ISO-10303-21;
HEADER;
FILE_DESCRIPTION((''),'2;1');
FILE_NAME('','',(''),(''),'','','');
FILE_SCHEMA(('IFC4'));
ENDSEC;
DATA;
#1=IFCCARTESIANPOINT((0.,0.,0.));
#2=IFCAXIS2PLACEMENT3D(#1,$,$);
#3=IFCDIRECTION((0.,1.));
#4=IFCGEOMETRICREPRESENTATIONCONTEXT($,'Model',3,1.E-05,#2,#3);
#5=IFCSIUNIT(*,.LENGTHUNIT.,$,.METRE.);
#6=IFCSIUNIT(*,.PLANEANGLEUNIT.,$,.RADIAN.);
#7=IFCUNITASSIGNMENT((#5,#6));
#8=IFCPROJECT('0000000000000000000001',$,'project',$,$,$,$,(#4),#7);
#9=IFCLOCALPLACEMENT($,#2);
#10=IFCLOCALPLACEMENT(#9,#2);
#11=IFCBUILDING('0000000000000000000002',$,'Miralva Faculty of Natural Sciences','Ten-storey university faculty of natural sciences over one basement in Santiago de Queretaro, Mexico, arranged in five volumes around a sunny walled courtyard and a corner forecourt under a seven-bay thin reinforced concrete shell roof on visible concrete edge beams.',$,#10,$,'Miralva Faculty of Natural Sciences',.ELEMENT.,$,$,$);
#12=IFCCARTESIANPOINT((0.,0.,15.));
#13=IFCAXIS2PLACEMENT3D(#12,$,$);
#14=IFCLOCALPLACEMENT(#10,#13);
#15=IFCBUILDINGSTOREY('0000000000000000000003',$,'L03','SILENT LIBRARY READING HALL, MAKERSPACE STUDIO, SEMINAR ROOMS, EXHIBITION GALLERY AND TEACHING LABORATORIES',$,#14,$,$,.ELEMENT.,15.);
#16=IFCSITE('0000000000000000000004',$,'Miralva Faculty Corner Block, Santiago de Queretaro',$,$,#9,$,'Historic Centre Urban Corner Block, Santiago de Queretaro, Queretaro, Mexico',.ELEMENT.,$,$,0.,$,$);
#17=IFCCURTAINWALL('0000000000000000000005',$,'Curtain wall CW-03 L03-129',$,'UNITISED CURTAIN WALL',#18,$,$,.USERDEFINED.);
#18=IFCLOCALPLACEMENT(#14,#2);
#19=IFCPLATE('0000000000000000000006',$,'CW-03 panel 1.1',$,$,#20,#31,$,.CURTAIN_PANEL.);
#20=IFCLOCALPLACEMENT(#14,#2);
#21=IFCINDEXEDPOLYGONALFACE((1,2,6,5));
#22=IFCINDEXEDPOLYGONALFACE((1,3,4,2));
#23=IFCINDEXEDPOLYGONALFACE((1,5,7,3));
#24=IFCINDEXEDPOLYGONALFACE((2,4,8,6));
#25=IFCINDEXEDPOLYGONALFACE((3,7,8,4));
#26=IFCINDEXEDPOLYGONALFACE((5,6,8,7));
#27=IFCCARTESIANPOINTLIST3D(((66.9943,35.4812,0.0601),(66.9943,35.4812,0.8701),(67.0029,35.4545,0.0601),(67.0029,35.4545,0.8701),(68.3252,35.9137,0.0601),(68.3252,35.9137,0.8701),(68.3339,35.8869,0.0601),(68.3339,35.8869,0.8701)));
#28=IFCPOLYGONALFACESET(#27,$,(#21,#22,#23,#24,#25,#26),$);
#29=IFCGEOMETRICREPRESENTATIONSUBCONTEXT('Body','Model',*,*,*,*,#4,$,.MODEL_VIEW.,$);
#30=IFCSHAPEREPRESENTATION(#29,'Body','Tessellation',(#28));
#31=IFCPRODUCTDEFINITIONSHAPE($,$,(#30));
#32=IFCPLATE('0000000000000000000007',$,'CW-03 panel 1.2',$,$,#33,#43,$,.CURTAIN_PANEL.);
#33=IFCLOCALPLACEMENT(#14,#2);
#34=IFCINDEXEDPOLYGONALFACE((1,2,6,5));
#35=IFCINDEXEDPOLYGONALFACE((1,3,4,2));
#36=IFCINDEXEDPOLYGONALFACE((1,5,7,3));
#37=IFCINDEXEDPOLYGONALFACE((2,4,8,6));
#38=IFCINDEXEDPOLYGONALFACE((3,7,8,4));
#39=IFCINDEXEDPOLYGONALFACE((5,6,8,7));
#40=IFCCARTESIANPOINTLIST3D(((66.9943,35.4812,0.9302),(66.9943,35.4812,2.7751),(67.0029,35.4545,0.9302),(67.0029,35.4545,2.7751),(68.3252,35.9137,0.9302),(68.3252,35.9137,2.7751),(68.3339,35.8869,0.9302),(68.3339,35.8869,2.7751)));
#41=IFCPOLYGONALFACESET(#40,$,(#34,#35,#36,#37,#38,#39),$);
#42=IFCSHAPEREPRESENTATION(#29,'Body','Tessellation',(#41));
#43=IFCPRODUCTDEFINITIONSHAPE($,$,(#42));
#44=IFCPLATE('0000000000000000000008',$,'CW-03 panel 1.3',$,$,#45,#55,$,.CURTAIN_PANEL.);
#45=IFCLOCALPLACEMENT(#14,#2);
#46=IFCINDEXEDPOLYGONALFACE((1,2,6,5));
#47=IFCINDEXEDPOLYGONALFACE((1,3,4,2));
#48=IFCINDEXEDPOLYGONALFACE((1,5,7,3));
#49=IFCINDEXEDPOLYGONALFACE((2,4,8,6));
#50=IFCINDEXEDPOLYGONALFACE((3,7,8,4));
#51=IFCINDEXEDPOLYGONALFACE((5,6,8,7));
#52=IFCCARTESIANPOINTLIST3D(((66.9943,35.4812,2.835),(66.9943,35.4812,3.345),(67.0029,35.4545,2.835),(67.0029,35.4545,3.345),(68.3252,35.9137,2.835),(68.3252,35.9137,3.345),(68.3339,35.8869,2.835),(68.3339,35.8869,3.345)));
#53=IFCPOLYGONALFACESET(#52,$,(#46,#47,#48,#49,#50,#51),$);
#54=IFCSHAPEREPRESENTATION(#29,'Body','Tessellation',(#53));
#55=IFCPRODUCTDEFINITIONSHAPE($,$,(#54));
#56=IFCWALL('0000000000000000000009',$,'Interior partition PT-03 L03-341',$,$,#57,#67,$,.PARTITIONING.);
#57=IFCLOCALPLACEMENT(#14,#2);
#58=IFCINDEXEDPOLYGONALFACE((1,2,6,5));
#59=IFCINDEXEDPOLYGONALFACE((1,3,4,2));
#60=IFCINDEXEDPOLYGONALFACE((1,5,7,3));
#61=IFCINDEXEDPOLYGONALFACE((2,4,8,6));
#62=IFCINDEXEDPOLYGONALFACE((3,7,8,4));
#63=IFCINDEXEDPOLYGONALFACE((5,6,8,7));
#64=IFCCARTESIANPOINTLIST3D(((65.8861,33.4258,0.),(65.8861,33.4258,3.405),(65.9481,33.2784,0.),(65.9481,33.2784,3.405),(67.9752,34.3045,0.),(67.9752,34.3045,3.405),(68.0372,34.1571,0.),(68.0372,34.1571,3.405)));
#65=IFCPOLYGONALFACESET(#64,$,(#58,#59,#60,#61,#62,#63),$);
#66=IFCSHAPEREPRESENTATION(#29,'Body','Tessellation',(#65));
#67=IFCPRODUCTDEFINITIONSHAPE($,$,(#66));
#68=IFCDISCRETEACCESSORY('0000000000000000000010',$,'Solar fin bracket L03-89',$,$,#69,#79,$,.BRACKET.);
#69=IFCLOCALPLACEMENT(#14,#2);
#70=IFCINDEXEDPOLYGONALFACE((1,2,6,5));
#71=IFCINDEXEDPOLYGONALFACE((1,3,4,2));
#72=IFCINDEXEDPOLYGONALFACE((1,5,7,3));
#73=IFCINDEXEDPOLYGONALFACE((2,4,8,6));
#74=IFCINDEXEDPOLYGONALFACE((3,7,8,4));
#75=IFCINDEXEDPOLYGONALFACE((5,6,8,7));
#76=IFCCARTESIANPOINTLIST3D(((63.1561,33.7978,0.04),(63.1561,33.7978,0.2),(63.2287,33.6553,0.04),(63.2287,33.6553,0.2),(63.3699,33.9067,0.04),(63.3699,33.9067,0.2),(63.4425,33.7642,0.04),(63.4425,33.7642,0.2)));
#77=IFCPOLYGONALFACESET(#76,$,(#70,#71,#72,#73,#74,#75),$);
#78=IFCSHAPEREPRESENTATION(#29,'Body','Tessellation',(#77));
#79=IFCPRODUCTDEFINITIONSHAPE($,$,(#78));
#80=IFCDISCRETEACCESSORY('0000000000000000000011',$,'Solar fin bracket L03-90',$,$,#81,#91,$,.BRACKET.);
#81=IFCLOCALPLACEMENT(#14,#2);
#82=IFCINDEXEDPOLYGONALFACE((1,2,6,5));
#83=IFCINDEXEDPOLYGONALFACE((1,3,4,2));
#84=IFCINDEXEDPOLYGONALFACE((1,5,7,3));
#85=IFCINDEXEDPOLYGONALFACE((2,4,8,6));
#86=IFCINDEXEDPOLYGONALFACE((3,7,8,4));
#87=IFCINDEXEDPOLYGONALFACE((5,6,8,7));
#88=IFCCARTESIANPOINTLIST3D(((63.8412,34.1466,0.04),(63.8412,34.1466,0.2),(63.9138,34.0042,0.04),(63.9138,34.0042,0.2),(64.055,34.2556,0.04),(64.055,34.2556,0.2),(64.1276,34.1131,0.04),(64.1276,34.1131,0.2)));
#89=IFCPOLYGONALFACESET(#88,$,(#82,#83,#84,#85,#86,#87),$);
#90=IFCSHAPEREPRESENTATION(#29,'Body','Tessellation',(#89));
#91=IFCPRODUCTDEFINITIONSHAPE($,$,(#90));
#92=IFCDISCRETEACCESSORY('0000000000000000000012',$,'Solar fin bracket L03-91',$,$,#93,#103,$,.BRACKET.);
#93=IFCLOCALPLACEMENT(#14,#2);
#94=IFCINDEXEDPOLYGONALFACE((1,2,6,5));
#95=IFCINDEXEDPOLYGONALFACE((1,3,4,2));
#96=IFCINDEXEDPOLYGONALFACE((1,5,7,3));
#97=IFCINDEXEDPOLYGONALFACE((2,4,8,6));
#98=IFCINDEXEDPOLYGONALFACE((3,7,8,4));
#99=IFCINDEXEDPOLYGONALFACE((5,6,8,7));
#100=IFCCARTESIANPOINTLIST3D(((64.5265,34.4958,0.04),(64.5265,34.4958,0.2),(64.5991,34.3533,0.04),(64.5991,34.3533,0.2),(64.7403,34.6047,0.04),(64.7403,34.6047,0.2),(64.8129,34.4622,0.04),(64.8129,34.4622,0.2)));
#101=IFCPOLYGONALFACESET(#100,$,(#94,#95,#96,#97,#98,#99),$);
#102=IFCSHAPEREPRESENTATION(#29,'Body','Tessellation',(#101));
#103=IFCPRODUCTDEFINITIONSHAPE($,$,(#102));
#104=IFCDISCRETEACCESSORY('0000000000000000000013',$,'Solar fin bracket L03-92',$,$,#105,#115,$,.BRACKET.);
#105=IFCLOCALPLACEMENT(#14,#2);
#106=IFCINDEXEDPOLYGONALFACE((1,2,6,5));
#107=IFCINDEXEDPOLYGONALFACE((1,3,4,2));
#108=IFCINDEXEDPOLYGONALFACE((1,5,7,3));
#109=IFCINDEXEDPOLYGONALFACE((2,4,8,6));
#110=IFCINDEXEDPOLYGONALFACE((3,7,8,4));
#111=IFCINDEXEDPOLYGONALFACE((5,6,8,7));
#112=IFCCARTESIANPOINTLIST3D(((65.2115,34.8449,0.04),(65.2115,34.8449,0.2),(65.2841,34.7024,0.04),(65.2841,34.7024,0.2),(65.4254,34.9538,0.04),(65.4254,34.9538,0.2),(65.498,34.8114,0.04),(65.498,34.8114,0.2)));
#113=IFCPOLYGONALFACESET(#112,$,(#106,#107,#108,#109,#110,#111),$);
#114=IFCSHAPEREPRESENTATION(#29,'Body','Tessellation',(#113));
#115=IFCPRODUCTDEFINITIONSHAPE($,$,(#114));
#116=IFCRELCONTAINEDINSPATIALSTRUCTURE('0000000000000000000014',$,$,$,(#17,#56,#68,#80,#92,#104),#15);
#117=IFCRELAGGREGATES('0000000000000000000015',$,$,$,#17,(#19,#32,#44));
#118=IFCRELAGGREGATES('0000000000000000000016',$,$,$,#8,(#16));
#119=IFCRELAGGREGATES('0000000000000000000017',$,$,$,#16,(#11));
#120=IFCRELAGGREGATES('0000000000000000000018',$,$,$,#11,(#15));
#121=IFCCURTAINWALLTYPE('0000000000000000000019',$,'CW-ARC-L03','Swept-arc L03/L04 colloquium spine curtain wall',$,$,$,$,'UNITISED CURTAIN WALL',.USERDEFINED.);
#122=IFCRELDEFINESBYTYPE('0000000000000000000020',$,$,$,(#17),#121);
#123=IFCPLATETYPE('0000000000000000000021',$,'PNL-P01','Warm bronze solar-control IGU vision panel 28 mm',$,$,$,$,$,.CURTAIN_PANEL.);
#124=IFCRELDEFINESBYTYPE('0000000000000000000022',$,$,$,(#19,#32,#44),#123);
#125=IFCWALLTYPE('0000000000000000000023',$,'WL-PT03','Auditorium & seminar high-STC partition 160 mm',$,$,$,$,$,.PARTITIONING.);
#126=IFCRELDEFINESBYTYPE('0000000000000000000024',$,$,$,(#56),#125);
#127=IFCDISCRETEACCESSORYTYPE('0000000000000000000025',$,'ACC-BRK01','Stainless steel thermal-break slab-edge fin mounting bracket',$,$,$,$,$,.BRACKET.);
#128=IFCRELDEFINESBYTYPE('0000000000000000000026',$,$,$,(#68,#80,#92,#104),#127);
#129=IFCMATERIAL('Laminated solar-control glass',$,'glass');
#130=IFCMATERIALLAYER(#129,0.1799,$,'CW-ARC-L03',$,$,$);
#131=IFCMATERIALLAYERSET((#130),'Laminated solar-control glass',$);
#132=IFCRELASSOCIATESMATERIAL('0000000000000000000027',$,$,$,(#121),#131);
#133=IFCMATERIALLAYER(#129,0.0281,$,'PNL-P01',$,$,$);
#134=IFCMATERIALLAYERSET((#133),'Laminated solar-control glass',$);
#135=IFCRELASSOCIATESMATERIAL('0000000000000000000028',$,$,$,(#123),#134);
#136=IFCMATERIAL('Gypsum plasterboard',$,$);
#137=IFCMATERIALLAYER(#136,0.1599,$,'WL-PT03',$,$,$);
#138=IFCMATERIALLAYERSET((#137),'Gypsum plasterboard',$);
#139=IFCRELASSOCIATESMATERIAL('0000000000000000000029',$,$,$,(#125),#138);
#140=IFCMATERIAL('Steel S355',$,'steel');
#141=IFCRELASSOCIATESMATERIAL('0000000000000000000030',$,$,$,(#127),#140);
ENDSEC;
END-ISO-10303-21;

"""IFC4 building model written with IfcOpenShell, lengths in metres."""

from ifc_helpers import new_model, si_unit, direction, frame, frame_2d, origin, origin_2d, place, context, subcontext, project, spatial, rectangle, extrude, material, layer, layer_set, type_object, element, aggregate, save


model = new_model("IFC4")

# Units and contexts
model_context = context("Model", 3, precision=1e-05, world=origin(), true_north=direction((0.0, 1.0)))
body_context = subcontext(model_context, "Body", "Model", "MODEL_VIEW")
ifc_project = project(units=[si_unit("LENGTHUNIT", "METRE"), si_unit("PLANEANGLEUNIT", "RADIAN")], contexts=[model_context])

# Site, building, storey
site_placement = place(None, origin())
site = spatial("IfcSite", under=ifc_project, at=site_placement, Name="Miralva Faculty Corner Block, Santiago de Queretaro", LongName="Historic Centre Urban Corner Block, Santiago de Queretaro, Queretaro, Mexico", CompositionType="ELEMENT", RefElevation=0.0)
building_placement = place(site_placement, origin())
building = spatial("IfcBuilding", under=site, at=building_placement, Name="Miralva Faculty of Natural Sciences", Description="Ten-storey university faculty of natural sciences over one basement in Santiago de Queretaro, Mexico, arranged in five volumes around a sunny walled courtyard and a corner forecourt under a seven-bay thin reinforced concrete shell roof on visible concrete edge beams.", LongName="Miralva Faculty of Natural Sciences", CompositionType="ELEMENT")
storey_placement = place(building_placement, frame((0.0, 0.0, 15.0)))
storey = spatial("IfcBuildingStorey", under=building, at=storey_placement, Name="L03", Description="SILENT LIBRARY READING HALL, MAKERSPACE STUDIO, SEMINAR ROOMS, EXHIBITION GALLERY AND TEACHING LABORATORIES", CompositionType="ELEMENT", Elevation=15.0)

# Shared definitions
ifc_material_1 = material(Name="Laminated solar-control glass", Category="glass")
ifc_layer_1 = layer(ifc_material_1, 0.1799, Name="CW-ARC-L03")
ifc_layer_set_1 = layer_set([ifc_layer_1], Name="Laminated solar-control glass")
curtain_wall_type = type_object("IfcCurtainWallType", Name="CW-ARC-L03", Description="Swept-arc L03/L04 colloquium spine curtain wall", ElementType="UNITISED CURTAIN WALL", PredefinedType="USERDEFINED", material=ifc_layer_set_1)

# Curtain wall
curtain_wall_1_placement = place(storey_placement, origin())
curtain_wall_1 = element("IfcCurtainWall", 1, at=curtain_wall_1_placement, inside=storey, type_object=curtain_wall_type, Name="Curtain wall CW-03 L03-129", ObjectType="UNITISED CURTAIN WALL", PredefinedType="USERDEFINED")

# Plates
ifc_layer_2 = layer(ifc_material_1, 0.0281, Name="PNL-P01")
ifc_layer_set_2 = layer_set([ifc_layer_2], Name="Laminated solar-control glass")
plate_type = type_object("IfcPlateType", Name="PNL-P01", Description="Warm bronze solar-control IGU vision panel 28 mm", PredefinedType="CURTAIN_PANEL", material=ifc_layer_set_2)
plate_1_placement = place(storey_placement, frame((67.6641, 35.6841, 0.0601), z_axis=(0.0, 0.0, 1.0), x_axis=(0.951058, 0.309011, 0.0)))
plate_1 = element("IfcPlate", 2, at=plate_1_placement, type_object=plate_type, Name="CW-03 panel 1.1", PredefinedType="CURTAIN_PANEL", context=body_context, shape_type="SweptSolid", body=[
    extrude(rectangle(XDim=1.3994, YDim=0.0281, at=origin_2d()), origin(), (0.0, 0.0, 1.0), 0.8101),
])
plate_2_placement = place(storey_placement, frame((67.6641, 35.6841, 0.9302), z_axis=(0.0, 0.0, 1.0), x_axis=(0.951058, 0.309011, 0.0)))
plate_2 = element("IfcPlate", 3, at=plate_2_placement, type_object=plate_type, Name="CW-03 panel 1.2", PredefinedType="CURTAIN_PANEL", context=body_context, shape_type="SweptSolid", body=[
    extrude(rectangle(XDim=1.3994, YDim=0.0281, at=origin_2d()), origin(), (0.0, 0.0, 1.0), 1.845),
])
plate_3_placement = place(storey_placement, frame((67.6641, 35.6841, 2.835), z_axis=(0.0, 0.0, 1.0), x_axis=(0.951058, 0.309011, 0.0)))
plate_3 = element("IfcPlate", 4, at=plate_3_placement, type_object=plate_type, Name="CW-03 panel 1.3", PredefinedType="CURTAIN_PANEL", context=body_context, shape_type="SweptSolid", body=[
    extrude(rectangle(XDim=1.3994, YDim=0.0281, at=origin_2d()), origin(), (0.0, 0.0, 1.0), 0.51),
])
aggregate(curtain_wall_1, [plate_1, plate_2, plate_3])

# Wall
ifc_material_2 = material(Name="Gypsum plasterboard")
ifc_layer_3 = layer(ifc_material_2, 0.1599, Name="WL-PT03")
ifc_layer_set_3 = layer_set([ifc_layer_3], Name="Gypsum plasterboard")
wall_type = type_object("IfcWallType", Name="WL-PT03", Description="Auditorium & seminar high-STC partition 160 mm", PredefinedType="PARTITIONING", material=ifc_layer_set_3)
wall_placement = place(storey_placement, frame((65.917, 33.3521, 0.0), z_axis=(0.0, 0.0, 1.0), x_axis=(0.921787, 0.387696, 0.0)))
element("IfcWall", 5, at=wall_placement, inside=storey, type_object=wall_type, Name="Interior partition PT-03 L03-341", PredefinedType="PARTITIONING", context=body_context, shape_type="SweptSolid", body=[
    extrude(rectangle(XDim=2.2664, YDim=0.1599, at=frame_2d((1.1333, 0.0))), origin(), (0.0, 0.0, 1.0), 3.405),
])

# Discrete accessories
ifc_material_3 = material(Name="Steel S355", Category="steel")
discrete_accessory_type = type_object("IfcDiscreteAccessoryType", Name="ACC-BRK01", Description="Stainless steel thermal-break slab-edge fin mounting bracket", PredefinedType="BRACKET", material=ifc_material_3)
for number, where, z_axis, x_axis, name in (
    (6, (63.2993, 33.781, 0.04), (0.0, 0.0, 1.0), (-0.45399, 0.891007, 0.0), "Solar fin bracket L03-89"),
    (7, (63.9844, 34.1299, 0.04), (0.0, 0.0, 1.0), (-0.45399, 0.891007, 0.0), "Solar fin bracket L03-90"),
    (8, (64.6697, 34.479, 0.04), (0.0, 0.0, 1.0), (-0.45399, 0.891007, 0.0), "Solar fin bracket L03-91"),
    (9, (65.3547, 34.8281, 0.04), (0.0, 0.0, 1.0), (-0.45399, 0.891007, 0.0), "Solar fin bracket L03-92"),
):
    element("IfcDiscreteAccessory", number, at=place(storey_placement, frame(where, z_axis=z_axis, x_axis=x_axis)), inside=storey, type_object=discrete_accessory_type, Name=name, PredefinedType="BRACKET", context=body_context, shape_type="SweptSolid", body=[
        extrude(rectangle(XDim=0.1599, YDim=0.24, at=origin_2d()), origin(), (0.0, 0.0, 1.0), 0.1599),
    ])

save(model, "model.ifc")
